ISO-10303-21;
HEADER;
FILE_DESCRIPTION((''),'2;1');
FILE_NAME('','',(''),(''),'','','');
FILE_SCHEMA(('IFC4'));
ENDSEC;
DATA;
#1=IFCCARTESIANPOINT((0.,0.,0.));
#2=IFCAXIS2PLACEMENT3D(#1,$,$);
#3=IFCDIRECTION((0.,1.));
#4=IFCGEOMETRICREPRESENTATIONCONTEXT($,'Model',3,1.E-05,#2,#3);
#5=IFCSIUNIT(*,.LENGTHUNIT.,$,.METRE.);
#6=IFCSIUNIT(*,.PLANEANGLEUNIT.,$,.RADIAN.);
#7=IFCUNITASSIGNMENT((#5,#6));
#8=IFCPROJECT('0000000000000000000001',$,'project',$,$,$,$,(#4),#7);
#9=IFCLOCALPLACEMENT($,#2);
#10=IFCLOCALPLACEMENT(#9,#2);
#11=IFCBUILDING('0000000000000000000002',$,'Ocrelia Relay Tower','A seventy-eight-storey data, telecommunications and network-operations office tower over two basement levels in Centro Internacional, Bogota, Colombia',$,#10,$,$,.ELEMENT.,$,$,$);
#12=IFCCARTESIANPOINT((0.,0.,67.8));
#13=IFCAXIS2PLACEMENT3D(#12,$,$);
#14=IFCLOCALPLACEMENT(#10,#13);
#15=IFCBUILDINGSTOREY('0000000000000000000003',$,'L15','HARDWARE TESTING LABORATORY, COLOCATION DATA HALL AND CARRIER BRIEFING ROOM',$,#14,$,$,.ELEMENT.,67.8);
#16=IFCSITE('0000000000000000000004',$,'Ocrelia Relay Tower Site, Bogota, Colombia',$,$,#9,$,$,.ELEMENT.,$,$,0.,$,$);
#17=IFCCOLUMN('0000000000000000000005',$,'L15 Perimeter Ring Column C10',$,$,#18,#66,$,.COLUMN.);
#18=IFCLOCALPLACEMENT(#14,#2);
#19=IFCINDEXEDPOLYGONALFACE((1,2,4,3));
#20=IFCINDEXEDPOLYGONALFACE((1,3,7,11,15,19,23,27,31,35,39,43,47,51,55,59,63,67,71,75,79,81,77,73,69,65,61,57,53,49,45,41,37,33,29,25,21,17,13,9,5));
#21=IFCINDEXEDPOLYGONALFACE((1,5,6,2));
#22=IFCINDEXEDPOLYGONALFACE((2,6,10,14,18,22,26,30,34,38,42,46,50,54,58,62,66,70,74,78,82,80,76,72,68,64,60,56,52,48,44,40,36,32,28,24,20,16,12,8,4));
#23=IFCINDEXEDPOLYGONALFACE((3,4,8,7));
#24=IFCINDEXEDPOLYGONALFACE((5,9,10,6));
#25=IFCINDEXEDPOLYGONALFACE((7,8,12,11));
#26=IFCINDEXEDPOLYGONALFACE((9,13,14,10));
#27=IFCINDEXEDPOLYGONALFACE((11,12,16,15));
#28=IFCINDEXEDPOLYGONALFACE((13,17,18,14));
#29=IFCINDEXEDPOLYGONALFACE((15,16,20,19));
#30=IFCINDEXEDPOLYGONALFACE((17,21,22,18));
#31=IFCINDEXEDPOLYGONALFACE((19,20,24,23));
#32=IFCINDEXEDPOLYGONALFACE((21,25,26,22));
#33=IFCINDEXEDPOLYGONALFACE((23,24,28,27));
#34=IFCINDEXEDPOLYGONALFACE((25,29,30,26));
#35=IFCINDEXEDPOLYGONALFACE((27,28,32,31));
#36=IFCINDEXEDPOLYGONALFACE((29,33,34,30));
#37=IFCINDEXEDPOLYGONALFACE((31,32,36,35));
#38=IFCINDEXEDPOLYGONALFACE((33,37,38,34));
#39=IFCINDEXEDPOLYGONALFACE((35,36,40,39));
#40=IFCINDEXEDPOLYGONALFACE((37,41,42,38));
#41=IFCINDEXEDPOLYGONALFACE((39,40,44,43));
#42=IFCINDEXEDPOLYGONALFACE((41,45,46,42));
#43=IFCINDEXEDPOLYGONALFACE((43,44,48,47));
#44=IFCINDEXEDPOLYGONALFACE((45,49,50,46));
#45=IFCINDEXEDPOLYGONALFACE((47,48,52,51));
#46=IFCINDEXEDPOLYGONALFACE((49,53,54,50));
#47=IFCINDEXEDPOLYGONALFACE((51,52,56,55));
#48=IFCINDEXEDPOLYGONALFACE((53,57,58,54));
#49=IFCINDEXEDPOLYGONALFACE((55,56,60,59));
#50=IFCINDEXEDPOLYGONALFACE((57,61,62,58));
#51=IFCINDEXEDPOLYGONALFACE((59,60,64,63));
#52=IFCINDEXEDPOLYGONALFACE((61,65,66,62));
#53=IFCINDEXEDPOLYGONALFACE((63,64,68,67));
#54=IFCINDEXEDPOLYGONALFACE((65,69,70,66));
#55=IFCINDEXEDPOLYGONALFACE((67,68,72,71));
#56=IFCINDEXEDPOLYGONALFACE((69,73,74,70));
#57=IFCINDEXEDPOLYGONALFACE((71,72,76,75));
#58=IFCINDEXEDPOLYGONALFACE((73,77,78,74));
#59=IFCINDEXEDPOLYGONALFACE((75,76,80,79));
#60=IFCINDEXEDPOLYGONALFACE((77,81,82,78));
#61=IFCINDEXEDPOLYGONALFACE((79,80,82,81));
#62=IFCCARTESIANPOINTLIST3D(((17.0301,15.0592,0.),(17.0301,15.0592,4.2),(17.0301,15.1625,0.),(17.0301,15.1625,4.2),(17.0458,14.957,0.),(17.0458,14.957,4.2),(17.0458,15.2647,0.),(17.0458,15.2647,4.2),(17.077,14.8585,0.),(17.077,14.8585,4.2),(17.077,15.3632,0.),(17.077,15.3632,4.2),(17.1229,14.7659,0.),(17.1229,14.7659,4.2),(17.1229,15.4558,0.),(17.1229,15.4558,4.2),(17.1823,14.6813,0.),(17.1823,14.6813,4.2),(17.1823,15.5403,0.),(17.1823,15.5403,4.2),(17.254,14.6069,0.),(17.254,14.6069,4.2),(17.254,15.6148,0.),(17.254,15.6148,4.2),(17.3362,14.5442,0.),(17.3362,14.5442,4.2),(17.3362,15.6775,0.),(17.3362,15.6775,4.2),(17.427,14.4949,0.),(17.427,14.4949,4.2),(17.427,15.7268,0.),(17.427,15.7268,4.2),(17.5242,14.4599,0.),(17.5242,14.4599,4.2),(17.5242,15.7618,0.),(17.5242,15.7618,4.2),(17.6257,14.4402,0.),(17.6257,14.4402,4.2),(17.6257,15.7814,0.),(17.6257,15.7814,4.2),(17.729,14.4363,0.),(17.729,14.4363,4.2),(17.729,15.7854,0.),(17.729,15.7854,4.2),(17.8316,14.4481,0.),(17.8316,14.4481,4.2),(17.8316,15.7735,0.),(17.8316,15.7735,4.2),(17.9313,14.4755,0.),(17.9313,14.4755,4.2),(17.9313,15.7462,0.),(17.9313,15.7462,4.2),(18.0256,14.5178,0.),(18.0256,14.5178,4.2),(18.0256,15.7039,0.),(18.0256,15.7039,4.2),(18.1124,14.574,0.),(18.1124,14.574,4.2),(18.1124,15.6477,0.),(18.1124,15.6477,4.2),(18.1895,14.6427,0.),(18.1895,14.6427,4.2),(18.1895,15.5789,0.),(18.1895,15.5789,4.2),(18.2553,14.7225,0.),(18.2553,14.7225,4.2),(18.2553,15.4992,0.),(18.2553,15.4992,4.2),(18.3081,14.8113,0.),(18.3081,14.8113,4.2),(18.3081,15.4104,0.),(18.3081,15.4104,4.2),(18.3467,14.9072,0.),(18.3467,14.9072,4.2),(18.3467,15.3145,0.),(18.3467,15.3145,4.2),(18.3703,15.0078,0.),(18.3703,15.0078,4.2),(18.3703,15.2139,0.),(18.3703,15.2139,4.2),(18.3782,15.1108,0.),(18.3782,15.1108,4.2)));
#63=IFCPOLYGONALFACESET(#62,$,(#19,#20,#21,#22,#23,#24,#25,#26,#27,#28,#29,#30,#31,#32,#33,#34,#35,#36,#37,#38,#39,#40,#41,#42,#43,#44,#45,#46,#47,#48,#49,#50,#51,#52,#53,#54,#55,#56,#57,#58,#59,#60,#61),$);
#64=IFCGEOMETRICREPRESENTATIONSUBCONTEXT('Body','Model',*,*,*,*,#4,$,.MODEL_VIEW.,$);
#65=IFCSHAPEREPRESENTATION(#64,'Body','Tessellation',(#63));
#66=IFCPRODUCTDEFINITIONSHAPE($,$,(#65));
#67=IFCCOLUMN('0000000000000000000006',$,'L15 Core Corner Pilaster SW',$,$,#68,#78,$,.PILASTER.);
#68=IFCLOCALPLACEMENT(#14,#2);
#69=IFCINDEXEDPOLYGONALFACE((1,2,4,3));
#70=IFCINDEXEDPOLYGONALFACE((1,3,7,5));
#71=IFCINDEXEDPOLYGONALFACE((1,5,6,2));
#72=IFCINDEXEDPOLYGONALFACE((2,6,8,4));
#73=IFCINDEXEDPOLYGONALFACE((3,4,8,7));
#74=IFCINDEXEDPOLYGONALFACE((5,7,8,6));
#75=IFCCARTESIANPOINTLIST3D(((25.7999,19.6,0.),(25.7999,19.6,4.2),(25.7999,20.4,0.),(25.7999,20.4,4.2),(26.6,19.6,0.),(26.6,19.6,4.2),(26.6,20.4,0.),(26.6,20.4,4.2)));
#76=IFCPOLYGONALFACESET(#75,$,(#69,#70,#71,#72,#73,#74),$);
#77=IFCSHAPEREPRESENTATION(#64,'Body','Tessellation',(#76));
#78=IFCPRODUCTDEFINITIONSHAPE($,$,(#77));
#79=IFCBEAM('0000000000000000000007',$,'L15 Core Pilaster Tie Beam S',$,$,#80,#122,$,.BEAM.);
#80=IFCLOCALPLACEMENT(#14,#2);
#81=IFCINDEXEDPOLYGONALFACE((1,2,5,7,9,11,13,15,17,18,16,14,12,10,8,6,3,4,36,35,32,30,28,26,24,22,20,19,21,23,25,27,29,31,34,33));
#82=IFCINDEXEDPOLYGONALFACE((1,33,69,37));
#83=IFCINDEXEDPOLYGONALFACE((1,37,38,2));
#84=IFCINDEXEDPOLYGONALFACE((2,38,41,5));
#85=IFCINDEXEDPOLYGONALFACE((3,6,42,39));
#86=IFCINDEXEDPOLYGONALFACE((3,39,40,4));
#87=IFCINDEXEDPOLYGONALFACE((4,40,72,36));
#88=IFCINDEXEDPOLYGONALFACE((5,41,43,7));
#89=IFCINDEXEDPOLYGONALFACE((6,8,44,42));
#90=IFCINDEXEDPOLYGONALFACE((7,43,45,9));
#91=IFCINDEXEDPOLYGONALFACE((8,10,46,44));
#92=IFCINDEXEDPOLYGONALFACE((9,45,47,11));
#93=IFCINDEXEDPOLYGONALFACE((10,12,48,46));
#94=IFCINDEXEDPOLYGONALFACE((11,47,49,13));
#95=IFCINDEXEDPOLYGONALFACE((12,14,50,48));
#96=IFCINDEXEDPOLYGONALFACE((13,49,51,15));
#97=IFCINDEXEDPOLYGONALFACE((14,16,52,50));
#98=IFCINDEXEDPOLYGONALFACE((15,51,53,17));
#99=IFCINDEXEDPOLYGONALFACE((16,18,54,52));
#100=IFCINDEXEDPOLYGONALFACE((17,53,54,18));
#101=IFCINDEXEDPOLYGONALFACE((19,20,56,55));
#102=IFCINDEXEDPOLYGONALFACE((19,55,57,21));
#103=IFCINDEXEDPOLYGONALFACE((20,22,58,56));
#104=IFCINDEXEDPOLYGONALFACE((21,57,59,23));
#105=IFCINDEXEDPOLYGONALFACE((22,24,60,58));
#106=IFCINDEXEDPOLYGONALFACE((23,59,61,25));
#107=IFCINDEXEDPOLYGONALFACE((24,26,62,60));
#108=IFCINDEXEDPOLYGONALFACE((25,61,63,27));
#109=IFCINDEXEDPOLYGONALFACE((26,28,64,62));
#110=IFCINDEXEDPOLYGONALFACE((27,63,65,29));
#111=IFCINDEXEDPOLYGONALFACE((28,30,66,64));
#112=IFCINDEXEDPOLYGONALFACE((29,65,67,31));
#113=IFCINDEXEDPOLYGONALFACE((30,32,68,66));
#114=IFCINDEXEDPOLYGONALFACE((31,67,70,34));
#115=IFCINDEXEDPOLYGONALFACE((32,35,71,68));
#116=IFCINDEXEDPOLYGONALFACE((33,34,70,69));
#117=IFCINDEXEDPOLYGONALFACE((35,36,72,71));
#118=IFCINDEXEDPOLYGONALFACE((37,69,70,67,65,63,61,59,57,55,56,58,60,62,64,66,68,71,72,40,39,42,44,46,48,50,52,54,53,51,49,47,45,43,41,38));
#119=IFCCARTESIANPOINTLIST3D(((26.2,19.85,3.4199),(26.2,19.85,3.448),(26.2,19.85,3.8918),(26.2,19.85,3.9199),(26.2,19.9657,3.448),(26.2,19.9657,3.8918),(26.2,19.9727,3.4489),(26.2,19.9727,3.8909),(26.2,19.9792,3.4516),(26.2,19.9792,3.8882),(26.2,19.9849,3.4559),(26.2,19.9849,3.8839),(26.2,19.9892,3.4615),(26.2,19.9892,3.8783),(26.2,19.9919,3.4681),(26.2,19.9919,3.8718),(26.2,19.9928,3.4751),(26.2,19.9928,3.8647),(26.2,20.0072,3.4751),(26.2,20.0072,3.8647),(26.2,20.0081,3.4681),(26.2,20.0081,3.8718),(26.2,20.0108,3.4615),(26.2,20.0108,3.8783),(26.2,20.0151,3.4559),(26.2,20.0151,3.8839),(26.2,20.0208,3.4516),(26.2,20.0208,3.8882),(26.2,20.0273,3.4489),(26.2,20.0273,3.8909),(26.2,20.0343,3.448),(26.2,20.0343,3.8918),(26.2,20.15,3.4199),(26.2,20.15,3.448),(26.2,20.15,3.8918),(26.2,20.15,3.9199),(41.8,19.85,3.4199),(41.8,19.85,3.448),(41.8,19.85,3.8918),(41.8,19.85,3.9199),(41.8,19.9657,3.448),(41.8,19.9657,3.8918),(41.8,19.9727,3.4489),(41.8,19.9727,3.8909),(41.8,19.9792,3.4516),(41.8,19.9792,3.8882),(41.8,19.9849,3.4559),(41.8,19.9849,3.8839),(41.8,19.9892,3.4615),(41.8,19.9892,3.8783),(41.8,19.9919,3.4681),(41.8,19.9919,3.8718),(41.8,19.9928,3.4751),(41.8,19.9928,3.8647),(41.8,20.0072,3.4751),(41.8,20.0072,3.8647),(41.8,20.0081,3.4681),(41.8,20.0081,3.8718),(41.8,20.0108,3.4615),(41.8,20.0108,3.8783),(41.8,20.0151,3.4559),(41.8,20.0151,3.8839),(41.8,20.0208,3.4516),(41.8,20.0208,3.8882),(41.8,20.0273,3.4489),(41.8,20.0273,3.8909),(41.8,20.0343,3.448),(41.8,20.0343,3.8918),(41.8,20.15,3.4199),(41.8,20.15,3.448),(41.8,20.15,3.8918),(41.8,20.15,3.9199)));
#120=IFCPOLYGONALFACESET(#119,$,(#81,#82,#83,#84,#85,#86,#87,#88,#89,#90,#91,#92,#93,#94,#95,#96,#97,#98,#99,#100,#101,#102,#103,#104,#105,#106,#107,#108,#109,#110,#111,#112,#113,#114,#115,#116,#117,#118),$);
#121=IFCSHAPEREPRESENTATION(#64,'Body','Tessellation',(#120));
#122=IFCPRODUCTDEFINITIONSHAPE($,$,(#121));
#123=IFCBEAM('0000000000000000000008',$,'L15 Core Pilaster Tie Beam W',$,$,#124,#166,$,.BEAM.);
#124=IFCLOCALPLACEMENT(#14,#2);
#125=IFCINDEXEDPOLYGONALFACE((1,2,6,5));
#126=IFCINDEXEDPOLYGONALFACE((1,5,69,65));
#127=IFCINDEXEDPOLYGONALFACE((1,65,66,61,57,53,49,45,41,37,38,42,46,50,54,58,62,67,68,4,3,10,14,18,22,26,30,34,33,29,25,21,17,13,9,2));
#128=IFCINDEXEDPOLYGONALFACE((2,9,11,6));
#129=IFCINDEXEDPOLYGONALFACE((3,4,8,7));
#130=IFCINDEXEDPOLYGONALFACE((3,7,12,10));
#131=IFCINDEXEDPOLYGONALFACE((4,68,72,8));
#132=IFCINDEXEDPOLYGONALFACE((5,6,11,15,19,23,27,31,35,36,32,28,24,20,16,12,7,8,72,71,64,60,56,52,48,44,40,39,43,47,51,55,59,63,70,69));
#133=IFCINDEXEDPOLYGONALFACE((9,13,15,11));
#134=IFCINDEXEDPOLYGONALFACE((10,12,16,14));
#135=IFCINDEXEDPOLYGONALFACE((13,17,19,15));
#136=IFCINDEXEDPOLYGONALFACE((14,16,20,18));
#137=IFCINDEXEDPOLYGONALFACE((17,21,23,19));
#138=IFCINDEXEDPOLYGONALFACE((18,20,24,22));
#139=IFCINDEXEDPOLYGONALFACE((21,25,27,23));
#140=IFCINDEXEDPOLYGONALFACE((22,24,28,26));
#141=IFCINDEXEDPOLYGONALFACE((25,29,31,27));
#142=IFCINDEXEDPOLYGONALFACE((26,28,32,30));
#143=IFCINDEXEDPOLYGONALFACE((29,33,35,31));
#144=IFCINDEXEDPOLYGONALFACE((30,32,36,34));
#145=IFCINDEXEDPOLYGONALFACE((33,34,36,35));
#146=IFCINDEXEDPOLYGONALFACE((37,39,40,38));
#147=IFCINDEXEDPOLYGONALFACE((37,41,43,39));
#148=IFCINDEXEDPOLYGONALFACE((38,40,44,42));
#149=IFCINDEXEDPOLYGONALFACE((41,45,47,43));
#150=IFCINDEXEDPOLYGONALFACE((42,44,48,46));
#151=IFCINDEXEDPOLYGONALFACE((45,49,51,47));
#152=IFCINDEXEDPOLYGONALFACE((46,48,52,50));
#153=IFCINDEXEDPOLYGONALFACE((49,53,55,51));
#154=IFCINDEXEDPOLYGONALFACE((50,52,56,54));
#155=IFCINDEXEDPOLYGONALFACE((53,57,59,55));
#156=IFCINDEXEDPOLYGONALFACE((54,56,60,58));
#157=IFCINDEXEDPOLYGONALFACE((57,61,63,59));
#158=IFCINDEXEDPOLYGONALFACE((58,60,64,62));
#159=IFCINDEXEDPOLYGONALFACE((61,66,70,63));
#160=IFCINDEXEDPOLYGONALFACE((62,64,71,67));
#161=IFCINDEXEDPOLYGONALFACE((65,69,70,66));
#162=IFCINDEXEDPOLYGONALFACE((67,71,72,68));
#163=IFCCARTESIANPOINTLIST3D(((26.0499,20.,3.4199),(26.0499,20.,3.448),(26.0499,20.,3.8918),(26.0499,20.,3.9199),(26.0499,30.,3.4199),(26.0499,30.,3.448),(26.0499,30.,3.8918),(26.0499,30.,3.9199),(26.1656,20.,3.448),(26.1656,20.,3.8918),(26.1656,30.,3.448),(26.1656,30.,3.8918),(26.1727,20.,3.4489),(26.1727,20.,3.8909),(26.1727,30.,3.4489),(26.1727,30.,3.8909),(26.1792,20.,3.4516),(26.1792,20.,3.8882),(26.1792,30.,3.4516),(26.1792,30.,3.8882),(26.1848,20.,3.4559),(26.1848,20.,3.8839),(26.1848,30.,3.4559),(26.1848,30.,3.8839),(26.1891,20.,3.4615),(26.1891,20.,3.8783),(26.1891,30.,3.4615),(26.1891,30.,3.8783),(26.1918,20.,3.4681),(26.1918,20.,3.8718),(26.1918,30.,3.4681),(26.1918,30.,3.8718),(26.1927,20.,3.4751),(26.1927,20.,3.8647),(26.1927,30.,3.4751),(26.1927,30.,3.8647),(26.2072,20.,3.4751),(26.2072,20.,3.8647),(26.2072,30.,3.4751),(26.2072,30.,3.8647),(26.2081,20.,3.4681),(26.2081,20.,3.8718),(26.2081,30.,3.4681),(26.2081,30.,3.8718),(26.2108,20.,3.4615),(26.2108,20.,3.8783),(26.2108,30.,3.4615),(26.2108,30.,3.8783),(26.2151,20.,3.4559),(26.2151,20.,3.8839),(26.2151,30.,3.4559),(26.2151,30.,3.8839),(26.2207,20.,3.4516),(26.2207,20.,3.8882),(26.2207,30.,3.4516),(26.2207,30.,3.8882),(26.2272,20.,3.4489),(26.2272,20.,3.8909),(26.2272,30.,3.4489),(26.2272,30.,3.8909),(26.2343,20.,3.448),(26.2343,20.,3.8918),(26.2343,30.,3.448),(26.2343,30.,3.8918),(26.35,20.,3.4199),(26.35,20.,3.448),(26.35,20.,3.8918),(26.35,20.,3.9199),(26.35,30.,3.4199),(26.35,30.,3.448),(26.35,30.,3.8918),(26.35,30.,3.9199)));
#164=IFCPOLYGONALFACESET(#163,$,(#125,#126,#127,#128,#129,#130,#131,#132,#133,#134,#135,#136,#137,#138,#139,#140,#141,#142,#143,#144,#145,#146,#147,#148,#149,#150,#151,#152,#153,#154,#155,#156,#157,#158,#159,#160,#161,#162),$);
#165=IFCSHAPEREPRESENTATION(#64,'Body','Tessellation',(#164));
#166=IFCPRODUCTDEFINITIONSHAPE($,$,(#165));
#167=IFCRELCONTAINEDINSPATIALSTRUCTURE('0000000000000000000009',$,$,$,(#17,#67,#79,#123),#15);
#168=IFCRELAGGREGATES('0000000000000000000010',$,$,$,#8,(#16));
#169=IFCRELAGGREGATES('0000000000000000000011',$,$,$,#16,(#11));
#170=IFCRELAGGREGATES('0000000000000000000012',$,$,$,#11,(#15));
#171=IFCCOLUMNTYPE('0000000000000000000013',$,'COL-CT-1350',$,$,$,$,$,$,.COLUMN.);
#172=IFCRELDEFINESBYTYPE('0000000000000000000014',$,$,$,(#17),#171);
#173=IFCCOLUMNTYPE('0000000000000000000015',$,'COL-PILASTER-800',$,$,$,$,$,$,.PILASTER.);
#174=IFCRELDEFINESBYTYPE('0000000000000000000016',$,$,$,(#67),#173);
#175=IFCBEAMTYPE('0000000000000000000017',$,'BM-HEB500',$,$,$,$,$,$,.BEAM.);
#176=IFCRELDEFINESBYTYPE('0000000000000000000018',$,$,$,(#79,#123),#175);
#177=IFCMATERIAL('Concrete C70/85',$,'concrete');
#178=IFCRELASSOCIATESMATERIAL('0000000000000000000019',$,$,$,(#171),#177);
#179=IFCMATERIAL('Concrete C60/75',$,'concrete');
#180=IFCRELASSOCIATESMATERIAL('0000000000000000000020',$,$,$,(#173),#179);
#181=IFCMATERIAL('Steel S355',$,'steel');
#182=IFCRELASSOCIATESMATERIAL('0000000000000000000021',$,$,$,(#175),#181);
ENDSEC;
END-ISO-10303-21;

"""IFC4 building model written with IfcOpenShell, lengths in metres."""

from ifc_helpers import new_model, si_unit, direction, frame, origin, origin_2d, place, context, subcontext, project, spatial, rectangle, circle, i_section, extrude, material, material_profile, profile_set, type_object, element, save


model = new_model("IFC4")

# Units and contexts
model_context = context("Model", 3, precision=1e-05, world=origin(), true_north=direction((0.0, 1.0)))
body_context = subcontext(model_context, "Body", "Model", "MODEL_VIEW")
ifc_project = project(units=[si_unit("LENGTHUNIT", "METRE"), si_unit("PLANEANGLEUNIT", "RADIAN")], contexts=[model_context])

# Site, building, storey
site_placement = place(None, origin())
site = spatial("IfcSite", under=ifc_project, at=site_placement, Name="Ocrelia Relay Tower Site, Bogota, Colombia", CompositionType="ELEMENT", RefElevation=0.0)
building_placement = place(site_placement, origin())
building = spatial("IfcBuilding", under=site, at=building_placement, Name="Ocrelia Relay Tower", Description="A seventy-eight-storey data, telecommunications and network-operations office tower over two basement levels in Centro Internacional, Bogota, Colombia", CompositionType="ELEMENT")
storey_placement = place(building_placement, frame((0.0, 0.0, 67.8)))
storey = spatial("IfcBuildingStorey", under=building, at=storey_placement, Name="L15", Description="HARDWARE TESTING LABORATORY, COLOCATION DATA HALL AND CARRIER BRIEFING ROOM", CompositionType="ELEMENT", Elevation=67.8)

# Columns
ifc_material_1 = material(Name="Concrete C70/85", Category="concrete")
ifc_material_profile_1 = material_profile(ifc_material_1, circle(Radius=0.675, at=origin_2d()), Name="RC-CIR-1350")
ifc_profile_set_1 = profile_set([ifc_material_profile_1], Name="Concrete C70/85")
column_type_1 = type_object("IfcColumnType", Name="COL-CT-1350", PredefinedType="COLUMN", material=ifc_profile_set_1)
column_1_placement = place(storey_placement, frame((17.7031, 15.1108, 0.0), z_axis=(0.0, 0.0, 1.0), x_axis=(1.0, 0.0, 0.0)))
element("IfcColumn", 1, at=column_1_placement, inside=storey, type_object=column_type_1, Name="L15 Perimeter Ring Column C10", PredefinedType="COLUMN", context=body_context, shape_type="SweptSolid", body=[
    extrude(circle(Radius=0.675, at=origin_2d()), origin(), (0.0, 0.0, 1.0), 4.2),
])
ifc_material_2 = material(Name="Concrete C60/75", Category="concrete")
ifc_material_profile_2 = material_profile(ifc_material_2, rectangle(XDim=0.8, YDim=0.8, at=origin_2d()), Name="RC-COL-800x800")
ifc_profile_set_2 = profile_set([ifc_material_profile_2], Name="Concrete C60/75")
column_type_2 = type_object("IfcColumnType", Name="COL-PILASTER-800", PredefinedType="PILASTER", material=ifc_profile_set_2)
column_2_placement = place(storey_placement, frame((26.2, 20.0, 0.0), z_axis=(0.0, 0.0, 1.0), x_axis=(1.0, 0.0, 0.0)))
element("IfcColumn", 2, at=column_2_placement, inside=storey, type_object=column_type_2, Name="L15 Core Corner Pilaster SW", PredefinedType="PILASTER", context=body_context, shape_type="SweptSolid", body=[
    extrude(rectangle(XDim=0.8, YDim=0.8, at=origin_2d()), origin(), (0.0, 0.0, 1.0), 4.2),
])

# Beams
ifc_material_3 = material(Name="Steel S355", Category="steel")
ifc_material_profile_3 = material_profile(ifc_material_3, i_section(OverallWidth=0.3, OverallDepth=0.5, WebThickness=0.0144, FlangeThickness=0.0281, FilletRadius=0.0271, at=origin_2d()), Name="HEB 500")
ifc_profile_set_3 = profile_set([ifc_material_profile_3], Name="Steel S355")
beam_type_1 = type_object("IfcBeamType", Name="BM-HEB500", PredefinedType="BEAM", material=ifc_profile_set_3)
beam_1_placement = place(storey_placement, frame((26.2, 20.0, 3.6699), z_axis=(1.0, 0.0, 0.0), x_axis=(0.0, 1.0, 0.0)))
element("IfcBeam", 3, at=beam_1_placement, inside=storey, type_object=beam_type_1, Name="L15 Core Pilaster Tie Beam S", PredefinedType="BEAM", context=body_context, shape_type="SweptSolid", body=[
    extrude(i_section(OverallWidth=0.3, OverallDepth=0.5, WebThickness=0.0144, FlangeThickness=0.0281, FilletRadius=0.0271, at=origin_2d()), origin(), (0.0, 0.0, 1.0), 15.6001),
])
beam_2_placement = place(storey_placement, frame((26.2, 20.0, 3.6699), z_axis=(0.0, 1.0, 0.0), x_axis=(-1.0, 0.0, 0.0)))
element("IfcBeam", 4, at=beam_2_placement, inside=storey, type_object=beam_type_1, Name="L15 Core Pilaster Tie Beam W", PredefinedType="BEAM", context=body_context, shape_type="SweptSolid", body=[
    extrude(i_section(OverallWidth=0.3, OverallDepth=0.5, WebThickness=0.0144, FlangeThickness=0.0281, FilletRadius=0.0271, at=origin_2d()), origin(), (0.0, 0.0, 1.0), 10.0),
])

save(model, "model.ifc")
